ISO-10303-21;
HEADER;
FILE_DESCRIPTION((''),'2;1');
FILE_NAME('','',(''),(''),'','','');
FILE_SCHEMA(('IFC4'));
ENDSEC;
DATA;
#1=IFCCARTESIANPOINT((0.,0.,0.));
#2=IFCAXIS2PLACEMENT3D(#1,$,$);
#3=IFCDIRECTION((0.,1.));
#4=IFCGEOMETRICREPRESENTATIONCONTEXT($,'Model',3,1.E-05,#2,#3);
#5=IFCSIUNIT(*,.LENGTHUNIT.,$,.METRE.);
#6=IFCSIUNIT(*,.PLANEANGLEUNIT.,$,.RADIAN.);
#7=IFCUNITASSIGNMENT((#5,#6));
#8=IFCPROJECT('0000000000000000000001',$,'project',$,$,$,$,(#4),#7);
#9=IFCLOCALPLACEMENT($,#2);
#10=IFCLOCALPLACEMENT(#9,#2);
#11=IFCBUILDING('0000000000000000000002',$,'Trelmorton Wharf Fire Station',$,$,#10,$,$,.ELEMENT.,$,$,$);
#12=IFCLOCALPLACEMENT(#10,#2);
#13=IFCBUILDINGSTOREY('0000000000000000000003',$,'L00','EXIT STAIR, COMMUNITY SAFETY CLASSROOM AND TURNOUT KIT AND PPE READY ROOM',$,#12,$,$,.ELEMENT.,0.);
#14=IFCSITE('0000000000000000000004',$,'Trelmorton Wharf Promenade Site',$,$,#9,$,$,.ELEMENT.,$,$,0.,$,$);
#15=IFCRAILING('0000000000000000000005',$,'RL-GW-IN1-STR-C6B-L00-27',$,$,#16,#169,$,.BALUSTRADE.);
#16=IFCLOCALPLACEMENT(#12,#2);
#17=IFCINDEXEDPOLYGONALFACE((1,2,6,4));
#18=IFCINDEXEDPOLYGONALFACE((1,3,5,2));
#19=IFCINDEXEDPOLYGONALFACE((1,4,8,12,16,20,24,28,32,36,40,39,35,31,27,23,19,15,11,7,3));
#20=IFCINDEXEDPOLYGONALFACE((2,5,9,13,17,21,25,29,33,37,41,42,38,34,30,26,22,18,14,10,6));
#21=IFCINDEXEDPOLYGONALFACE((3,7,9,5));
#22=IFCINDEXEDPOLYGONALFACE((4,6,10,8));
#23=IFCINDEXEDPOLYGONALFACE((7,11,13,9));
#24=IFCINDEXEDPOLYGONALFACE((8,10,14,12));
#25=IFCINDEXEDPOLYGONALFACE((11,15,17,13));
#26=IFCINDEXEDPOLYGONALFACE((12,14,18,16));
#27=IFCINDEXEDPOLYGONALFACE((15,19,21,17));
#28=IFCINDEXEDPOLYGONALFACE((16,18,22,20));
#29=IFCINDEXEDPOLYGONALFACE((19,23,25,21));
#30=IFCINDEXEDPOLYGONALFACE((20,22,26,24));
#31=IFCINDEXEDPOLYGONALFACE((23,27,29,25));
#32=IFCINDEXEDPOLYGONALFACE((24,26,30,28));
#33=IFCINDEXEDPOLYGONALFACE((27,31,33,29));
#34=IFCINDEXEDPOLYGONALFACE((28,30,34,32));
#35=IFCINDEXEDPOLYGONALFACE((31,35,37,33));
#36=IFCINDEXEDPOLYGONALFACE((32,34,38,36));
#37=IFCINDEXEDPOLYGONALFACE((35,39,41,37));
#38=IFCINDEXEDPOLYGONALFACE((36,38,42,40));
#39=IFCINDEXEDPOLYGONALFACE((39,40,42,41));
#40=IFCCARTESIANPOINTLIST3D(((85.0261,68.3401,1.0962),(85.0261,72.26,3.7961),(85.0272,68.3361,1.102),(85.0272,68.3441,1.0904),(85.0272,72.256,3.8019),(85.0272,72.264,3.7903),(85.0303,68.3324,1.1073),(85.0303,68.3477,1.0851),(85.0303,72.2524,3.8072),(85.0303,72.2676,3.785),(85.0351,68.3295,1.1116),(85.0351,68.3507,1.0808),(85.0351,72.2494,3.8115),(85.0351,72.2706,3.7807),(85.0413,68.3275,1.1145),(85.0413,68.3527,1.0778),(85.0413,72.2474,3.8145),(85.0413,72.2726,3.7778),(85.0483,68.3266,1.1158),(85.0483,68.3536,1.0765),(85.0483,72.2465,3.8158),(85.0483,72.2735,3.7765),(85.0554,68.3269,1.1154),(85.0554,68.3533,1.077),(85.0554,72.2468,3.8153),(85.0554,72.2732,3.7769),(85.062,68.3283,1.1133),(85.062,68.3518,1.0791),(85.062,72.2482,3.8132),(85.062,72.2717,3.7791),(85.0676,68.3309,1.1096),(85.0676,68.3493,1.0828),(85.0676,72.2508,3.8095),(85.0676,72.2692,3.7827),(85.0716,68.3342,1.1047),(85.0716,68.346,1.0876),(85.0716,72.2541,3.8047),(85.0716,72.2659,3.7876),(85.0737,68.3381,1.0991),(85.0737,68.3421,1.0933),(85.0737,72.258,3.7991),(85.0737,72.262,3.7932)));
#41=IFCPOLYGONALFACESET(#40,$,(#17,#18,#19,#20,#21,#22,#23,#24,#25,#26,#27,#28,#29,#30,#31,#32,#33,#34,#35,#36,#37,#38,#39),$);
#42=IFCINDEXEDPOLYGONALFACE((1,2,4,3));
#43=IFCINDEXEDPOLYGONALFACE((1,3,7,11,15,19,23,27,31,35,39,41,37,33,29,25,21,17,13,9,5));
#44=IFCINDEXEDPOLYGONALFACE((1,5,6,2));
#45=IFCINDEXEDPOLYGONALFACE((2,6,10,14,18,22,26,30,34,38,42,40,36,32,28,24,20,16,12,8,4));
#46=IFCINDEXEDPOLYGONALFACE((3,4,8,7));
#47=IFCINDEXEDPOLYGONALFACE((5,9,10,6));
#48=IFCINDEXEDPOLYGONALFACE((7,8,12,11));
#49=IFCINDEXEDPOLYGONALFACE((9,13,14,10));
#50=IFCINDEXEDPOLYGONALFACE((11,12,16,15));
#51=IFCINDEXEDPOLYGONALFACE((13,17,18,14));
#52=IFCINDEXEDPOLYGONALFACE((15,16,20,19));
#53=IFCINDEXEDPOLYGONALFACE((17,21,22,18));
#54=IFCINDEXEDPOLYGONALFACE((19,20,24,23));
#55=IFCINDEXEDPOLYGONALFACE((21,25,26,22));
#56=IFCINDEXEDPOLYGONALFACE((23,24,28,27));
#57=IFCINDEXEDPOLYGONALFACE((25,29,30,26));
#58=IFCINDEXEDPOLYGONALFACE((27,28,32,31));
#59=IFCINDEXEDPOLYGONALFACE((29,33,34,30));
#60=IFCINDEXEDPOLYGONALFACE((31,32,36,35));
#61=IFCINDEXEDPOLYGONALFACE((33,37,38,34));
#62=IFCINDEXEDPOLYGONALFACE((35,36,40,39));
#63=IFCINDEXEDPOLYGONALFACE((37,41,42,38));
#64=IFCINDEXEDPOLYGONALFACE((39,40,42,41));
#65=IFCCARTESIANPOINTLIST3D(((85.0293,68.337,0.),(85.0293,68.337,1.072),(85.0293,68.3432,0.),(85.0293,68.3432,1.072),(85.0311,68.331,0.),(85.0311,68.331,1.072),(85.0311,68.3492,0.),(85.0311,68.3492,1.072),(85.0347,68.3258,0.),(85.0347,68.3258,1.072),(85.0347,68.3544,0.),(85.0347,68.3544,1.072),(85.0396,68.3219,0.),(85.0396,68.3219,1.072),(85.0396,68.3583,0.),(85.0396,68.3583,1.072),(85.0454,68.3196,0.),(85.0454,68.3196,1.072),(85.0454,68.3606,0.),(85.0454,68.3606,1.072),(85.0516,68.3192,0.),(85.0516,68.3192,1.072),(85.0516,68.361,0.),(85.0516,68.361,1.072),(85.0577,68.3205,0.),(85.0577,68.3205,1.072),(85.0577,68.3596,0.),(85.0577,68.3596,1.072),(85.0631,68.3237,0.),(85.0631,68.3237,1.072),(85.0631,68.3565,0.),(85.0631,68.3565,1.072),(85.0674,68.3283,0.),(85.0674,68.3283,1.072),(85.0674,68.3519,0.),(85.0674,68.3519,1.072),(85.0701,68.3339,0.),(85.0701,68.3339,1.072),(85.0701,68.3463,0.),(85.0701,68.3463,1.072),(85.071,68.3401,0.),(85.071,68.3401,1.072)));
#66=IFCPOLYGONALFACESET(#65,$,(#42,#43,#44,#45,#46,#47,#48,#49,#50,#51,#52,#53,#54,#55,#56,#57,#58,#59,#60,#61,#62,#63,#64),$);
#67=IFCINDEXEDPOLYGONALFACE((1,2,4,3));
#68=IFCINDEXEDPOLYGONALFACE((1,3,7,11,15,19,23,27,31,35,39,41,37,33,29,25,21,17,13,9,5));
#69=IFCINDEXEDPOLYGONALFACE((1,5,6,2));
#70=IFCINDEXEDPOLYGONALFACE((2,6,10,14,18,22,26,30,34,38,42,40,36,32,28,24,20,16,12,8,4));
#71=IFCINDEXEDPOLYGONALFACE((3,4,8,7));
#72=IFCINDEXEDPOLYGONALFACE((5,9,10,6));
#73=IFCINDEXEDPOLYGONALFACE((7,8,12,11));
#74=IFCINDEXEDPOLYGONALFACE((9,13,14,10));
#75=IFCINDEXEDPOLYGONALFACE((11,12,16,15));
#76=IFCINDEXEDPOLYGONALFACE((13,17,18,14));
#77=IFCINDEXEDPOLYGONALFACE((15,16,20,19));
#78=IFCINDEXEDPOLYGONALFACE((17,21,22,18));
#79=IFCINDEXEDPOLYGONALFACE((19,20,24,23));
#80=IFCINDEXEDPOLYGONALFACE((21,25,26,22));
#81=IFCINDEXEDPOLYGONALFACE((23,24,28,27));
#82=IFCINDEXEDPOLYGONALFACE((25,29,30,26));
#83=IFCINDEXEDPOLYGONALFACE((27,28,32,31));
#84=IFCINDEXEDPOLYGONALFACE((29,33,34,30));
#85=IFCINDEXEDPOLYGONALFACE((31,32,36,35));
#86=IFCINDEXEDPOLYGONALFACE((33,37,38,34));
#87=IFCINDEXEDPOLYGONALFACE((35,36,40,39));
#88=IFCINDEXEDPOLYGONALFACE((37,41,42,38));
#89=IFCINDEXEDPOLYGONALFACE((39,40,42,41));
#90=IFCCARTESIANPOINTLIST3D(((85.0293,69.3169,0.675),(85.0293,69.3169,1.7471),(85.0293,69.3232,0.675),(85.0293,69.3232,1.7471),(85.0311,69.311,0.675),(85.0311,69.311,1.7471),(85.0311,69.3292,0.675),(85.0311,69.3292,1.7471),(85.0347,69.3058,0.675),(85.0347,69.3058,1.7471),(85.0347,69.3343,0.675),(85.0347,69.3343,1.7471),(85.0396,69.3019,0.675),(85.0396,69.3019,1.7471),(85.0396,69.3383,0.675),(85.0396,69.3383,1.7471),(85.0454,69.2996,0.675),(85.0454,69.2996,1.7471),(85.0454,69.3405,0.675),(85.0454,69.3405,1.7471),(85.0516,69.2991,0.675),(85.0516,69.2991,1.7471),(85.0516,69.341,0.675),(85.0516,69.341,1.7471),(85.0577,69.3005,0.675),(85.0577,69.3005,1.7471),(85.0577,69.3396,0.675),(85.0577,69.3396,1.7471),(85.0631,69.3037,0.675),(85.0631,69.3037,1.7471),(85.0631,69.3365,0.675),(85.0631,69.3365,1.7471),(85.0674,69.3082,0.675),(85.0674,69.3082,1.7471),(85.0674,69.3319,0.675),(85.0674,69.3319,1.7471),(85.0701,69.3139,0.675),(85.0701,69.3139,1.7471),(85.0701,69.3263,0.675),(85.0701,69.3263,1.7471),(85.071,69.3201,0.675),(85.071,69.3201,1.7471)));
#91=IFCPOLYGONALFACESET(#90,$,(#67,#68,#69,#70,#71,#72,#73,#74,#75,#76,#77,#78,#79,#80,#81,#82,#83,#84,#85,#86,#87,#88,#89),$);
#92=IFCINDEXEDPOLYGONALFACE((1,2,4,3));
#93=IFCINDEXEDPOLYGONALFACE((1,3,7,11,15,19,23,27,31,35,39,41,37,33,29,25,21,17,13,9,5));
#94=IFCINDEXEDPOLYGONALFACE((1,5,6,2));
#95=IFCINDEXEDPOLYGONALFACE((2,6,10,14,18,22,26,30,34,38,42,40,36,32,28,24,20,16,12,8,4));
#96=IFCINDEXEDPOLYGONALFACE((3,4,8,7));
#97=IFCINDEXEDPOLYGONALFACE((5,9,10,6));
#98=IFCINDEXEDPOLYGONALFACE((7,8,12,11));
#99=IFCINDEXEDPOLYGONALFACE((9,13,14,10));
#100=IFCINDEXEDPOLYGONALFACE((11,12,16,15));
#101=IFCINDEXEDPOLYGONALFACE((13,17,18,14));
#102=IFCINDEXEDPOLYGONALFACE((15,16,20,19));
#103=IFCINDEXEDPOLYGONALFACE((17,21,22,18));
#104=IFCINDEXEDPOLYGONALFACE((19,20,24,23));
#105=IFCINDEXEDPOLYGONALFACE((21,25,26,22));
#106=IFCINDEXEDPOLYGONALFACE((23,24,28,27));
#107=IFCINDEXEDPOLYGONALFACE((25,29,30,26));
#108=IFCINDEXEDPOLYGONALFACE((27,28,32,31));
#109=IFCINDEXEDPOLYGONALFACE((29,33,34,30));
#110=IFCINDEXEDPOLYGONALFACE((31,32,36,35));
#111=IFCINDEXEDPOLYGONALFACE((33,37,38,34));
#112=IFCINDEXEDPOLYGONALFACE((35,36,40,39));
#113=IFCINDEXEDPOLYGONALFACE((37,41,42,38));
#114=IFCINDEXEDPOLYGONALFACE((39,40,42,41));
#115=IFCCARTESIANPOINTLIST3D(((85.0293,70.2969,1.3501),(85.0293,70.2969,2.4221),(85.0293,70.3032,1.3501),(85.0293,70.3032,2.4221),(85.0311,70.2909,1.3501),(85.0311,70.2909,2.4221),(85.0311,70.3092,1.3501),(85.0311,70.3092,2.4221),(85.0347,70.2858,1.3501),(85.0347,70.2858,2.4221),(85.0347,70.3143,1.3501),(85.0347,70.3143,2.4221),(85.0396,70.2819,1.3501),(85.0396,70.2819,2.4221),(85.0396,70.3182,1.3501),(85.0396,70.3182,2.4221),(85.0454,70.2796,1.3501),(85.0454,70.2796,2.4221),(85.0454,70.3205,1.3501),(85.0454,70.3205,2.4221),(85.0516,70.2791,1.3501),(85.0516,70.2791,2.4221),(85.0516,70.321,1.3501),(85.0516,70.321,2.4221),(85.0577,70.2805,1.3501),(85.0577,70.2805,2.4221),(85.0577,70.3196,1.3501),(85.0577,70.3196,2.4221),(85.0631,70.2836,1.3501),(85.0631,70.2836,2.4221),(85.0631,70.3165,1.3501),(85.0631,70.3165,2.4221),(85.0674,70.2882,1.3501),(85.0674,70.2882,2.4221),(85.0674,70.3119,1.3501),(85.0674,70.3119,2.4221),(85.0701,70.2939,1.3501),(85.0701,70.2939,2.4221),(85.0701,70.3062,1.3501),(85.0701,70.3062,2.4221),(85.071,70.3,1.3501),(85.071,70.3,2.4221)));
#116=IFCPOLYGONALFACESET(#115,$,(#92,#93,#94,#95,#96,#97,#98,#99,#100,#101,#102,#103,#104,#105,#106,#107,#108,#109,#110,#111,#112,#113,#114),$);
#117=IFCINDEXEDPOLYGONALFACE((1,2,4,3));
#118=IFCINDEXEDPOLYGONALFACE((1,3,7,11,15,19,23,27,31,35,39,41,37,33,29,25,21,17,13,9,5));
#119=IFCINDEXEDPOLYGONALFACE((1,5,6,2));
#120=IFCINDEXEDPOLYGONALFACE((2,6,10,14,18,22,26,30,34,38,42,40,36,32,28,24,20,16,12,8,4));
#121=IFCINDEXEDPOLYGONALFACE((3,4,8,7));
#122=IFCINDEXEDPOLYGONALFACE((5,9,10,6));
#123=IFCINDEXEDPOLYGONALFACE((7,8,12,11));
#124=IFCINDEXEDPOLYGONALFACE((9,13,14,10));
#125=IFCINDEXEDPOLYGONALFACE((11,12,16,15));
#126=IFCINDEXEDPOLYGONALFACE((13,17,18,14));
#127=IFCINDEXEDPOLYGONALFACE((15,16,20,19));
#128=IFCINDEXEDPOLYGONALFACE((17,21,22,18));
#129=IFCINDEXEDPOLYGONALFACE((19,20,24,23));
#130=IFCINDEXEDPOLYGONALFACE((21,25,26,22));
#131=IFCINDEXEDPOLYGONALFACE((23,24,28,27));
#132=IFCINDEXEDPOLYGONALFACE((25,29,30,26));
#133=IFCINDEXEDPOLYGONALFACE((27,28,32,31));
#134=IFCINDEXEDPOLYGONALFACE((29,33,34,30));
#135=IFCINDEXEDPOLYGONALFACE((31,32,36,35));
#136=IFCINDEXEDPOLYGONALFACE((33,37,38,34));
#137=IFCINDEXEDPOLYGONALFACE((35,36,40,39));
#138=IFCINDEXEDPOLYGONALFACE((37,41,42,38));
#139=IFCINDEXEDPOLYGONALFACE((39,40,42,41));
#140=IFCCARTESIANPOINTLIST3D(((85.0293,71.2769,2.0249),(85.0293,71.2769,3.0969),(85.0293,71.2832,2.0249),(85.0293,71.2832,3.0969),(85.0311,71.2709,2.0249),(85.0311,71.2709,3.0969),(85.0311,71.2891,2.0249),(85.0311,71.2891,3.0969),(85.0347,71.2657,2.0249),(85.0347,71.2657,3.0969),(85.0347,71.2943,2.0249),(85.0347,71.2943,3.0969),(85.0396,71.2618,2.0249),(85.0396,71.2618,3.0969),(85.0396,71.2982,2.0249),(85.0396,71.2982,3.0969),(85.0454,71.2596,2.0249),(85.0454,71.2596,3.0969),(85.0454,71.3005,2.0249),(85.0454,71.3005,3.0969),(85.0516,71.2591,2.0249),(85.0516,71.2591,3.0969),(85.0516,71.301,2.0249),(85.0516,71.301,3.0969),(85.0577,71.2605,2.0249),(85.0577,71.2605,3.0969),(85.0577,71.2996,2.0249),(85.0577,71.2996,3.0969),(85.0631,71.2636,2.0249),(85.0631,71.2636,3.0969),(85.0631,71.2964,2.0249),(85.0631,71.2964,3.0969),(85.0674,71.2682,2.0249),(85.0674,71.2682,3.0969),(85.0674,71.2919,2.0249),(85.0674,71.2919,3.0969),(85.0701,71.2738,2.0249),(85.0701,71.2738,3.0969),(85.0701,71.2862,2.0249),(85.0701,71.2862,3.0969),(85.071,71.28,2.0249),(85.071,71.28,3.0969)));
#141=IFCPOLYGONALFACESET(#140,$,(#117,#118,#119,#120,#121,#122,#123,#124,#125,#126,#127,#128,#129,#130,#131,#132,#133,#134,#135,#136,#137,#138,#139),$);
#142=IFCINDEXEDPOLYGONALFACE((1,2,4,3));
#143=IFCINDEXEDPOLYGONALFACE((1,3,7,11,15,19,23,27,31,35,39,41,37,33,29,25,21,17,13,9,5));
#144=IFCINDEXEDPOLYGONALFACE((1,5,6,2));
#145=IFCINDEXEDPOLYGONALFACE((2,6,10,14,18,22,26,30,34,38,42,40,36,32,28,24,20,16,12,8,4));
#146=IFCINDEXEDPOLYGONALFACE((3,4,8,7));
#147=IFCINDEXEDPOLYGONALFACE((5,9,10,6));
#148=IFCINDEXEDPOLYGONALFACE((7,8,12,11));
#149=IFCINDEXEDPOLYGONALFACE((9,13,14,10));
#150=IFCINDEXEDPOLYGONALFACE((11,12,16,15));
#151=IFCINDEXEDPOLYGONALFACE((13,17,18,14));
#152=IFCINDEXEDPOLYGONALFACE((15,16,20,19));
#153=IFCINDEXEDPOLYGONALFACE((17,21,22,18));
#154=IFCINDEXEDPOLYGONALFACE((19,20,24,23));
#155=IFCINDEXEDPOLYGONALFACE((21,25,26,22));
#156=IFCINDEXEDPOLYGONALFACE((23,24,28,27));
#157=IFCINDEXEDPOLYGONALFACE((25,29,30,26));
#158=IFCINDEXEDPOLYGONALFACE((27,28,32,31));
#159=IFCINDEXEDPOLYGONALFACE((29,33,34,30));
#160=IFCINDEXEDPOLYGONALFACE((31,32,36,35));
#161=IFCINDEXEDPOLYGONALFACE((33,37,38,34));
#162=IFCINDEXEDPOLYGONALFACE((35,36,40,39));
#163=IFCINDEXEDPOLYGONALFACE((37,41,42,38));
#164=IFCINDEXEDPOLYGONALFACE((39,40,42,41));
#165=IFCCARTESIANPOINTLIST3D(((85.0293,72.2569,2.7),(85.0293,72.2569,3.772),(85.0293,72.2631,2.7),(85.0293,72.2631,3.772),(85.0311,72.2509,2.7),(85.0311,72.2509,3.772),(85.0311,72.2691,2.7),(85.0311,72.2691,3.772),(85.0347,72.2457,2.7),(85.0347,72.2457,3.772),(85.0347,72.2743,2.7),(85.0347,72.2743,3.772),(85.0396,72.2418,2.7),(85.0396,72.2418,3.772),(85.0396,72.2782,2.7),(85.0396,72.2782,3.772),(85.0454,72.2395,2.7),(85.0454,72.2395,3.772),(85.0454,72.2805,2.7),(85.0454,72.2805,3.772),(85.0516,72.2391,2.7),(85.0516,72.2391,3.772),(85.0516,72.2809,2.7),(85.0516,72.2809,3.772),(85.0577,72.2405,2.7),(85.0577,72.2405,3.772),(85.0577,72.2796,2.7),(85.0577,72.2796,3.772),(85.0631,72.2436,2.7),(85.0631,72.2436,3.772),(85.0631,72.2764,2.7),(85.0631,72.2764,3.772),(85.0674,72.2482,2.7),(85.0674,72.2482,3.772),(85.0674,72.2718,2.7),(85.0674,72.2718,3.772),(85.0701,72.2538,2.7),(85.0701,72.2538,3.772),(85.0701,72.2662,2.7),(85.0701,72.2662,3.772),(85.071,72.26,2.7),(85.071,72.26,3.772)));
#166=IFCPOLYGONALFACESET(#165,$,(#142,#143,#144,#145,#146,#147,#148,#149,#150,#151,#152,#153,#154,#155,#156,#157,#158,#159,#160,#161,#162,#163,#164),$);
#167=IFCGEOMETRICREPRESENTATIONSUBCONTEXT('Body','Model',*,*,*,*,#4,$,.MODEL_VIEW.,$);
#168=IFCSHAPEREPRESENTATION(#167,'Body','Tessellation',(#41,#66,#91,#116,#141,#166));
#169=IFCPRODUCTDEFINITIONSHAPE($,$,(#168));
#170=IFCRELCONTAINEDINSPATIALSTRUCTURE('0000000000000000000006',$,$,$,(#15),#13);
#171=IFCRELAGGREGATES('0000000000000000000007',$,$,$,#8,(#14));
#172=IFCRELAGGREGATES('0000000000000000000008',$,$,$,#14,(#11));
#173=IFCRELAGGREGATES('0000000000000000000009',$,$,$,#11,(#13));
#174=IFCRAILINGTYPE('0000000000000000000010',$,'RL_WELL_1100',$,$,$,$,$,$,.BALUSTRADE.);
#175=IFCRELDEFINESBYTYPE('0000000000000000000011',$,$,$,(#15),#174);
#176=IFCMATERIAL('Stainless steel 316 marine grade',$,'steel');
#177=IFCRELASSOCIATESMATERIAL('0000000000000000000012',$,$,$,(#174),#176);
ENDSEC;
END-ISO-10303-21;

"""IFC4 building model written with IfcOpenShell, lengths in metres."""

from ifc_helpers import new_model, si_unit, direction, frame, origin, origin_2d, place, context, subcontext, project, spatial, circle, extrude, material, type_object, element, save


model = new_model("IFC4")

# Units and contexts
model_context = context("Model", 3, precision=1e-05, world=origin(), true_north=direction((0.0, 1.0)))
body_context = subcontext(model_context, "Body", "Model", "MODEL_VIEW")
ifc_project = project(units=[si_unit("LENGTHUNIT", "METRE"), si_unit("PLANEANGLEUNIT", "RADIAN")], contexts=[model_context])

# Site, building, storey
site_placement = place(None, origin())
site = spatial("IfcSite", under=ifc_project, at=site_placement, Name="Trelmorton Wharf Promenade Site", CompositionType="ELEMENT", RefElevation=0.0)
building_placement = place(site_placement, origin())
building = spatial("IfcBuilding", under=site, at=building_placement, Name="Trelmorton Wharf Fire Station", CompositionType="ELEMENT")
storey_placement = place(building_placement, origin())
storey = spatial("IfcBuildingStorey", under=building, at=storey_placement, Name="L00", Description="EXIT STAIR, COMMUNITY SAFETY CLASSROOM AND TURNOUT KIT AND PPE READY ROOM", CompositionType="ELEMENT", Elevation=0.0)

# Shared definitions
ifc_material_1 = material(Name="Stainless steel 316 marine grade", Category="steel")

# Railing
railing_type_1 = type_object("IfcRailingType", Name="RL_WELL_1100", PredefinedType="BALUSTRADE", material=ifc_material_1)
railing_1_placement = place(storey_placement, frame((85.05, 68.3401, 0.0)))
element("IfcRailing", 1, at=railing_1_placement, inside=storey, type_object=railing_type_1, Name="RL-GW-IN1-STR-C6B-L00-27", PredefinedType="BALUSTRADE", context=body_context, shape_type="SweptSolid", body=[
    extrude(circle(Radius=0.0239, at=origin_2d()), frame((0.0, 0.0, 1.0962), z_axis=(0.0, 0.823551, 0.567243), x_axis=(-1.0, 0.0, 0.0)), (0.0, 0.0, 1.0), 4.7598),
    extrude(circle(Radius=0.021, at=origin_2d()), origin(), (0.0, 0.0, 1.0), 1.072),
    extrude(circle(Radius=0.021, at=origin_2d()), frame((0.0, 0.98, 0.675)), (0.0, 0.0, 1.0), 1.072),
    extrude(circle(Radius=0.021, at=origin_2d()), frame((0.0, 1.96, 1.3501)), (0.0, 0.0, 1.0), 1.072),
    extrude(circle(Radius=0.021, at=origin_2d()), frame((0.0, 2.9399, 2.0249)), (0.0, 0.0, 1.0), 1.072),
    extrude(circle(Radius=0.021, at=origin_2d()), frame((0.0, 3.9199, 2.7)), (0.0, 0.0, 1.0), 1.072),
])

save(model, "model.ifc")
